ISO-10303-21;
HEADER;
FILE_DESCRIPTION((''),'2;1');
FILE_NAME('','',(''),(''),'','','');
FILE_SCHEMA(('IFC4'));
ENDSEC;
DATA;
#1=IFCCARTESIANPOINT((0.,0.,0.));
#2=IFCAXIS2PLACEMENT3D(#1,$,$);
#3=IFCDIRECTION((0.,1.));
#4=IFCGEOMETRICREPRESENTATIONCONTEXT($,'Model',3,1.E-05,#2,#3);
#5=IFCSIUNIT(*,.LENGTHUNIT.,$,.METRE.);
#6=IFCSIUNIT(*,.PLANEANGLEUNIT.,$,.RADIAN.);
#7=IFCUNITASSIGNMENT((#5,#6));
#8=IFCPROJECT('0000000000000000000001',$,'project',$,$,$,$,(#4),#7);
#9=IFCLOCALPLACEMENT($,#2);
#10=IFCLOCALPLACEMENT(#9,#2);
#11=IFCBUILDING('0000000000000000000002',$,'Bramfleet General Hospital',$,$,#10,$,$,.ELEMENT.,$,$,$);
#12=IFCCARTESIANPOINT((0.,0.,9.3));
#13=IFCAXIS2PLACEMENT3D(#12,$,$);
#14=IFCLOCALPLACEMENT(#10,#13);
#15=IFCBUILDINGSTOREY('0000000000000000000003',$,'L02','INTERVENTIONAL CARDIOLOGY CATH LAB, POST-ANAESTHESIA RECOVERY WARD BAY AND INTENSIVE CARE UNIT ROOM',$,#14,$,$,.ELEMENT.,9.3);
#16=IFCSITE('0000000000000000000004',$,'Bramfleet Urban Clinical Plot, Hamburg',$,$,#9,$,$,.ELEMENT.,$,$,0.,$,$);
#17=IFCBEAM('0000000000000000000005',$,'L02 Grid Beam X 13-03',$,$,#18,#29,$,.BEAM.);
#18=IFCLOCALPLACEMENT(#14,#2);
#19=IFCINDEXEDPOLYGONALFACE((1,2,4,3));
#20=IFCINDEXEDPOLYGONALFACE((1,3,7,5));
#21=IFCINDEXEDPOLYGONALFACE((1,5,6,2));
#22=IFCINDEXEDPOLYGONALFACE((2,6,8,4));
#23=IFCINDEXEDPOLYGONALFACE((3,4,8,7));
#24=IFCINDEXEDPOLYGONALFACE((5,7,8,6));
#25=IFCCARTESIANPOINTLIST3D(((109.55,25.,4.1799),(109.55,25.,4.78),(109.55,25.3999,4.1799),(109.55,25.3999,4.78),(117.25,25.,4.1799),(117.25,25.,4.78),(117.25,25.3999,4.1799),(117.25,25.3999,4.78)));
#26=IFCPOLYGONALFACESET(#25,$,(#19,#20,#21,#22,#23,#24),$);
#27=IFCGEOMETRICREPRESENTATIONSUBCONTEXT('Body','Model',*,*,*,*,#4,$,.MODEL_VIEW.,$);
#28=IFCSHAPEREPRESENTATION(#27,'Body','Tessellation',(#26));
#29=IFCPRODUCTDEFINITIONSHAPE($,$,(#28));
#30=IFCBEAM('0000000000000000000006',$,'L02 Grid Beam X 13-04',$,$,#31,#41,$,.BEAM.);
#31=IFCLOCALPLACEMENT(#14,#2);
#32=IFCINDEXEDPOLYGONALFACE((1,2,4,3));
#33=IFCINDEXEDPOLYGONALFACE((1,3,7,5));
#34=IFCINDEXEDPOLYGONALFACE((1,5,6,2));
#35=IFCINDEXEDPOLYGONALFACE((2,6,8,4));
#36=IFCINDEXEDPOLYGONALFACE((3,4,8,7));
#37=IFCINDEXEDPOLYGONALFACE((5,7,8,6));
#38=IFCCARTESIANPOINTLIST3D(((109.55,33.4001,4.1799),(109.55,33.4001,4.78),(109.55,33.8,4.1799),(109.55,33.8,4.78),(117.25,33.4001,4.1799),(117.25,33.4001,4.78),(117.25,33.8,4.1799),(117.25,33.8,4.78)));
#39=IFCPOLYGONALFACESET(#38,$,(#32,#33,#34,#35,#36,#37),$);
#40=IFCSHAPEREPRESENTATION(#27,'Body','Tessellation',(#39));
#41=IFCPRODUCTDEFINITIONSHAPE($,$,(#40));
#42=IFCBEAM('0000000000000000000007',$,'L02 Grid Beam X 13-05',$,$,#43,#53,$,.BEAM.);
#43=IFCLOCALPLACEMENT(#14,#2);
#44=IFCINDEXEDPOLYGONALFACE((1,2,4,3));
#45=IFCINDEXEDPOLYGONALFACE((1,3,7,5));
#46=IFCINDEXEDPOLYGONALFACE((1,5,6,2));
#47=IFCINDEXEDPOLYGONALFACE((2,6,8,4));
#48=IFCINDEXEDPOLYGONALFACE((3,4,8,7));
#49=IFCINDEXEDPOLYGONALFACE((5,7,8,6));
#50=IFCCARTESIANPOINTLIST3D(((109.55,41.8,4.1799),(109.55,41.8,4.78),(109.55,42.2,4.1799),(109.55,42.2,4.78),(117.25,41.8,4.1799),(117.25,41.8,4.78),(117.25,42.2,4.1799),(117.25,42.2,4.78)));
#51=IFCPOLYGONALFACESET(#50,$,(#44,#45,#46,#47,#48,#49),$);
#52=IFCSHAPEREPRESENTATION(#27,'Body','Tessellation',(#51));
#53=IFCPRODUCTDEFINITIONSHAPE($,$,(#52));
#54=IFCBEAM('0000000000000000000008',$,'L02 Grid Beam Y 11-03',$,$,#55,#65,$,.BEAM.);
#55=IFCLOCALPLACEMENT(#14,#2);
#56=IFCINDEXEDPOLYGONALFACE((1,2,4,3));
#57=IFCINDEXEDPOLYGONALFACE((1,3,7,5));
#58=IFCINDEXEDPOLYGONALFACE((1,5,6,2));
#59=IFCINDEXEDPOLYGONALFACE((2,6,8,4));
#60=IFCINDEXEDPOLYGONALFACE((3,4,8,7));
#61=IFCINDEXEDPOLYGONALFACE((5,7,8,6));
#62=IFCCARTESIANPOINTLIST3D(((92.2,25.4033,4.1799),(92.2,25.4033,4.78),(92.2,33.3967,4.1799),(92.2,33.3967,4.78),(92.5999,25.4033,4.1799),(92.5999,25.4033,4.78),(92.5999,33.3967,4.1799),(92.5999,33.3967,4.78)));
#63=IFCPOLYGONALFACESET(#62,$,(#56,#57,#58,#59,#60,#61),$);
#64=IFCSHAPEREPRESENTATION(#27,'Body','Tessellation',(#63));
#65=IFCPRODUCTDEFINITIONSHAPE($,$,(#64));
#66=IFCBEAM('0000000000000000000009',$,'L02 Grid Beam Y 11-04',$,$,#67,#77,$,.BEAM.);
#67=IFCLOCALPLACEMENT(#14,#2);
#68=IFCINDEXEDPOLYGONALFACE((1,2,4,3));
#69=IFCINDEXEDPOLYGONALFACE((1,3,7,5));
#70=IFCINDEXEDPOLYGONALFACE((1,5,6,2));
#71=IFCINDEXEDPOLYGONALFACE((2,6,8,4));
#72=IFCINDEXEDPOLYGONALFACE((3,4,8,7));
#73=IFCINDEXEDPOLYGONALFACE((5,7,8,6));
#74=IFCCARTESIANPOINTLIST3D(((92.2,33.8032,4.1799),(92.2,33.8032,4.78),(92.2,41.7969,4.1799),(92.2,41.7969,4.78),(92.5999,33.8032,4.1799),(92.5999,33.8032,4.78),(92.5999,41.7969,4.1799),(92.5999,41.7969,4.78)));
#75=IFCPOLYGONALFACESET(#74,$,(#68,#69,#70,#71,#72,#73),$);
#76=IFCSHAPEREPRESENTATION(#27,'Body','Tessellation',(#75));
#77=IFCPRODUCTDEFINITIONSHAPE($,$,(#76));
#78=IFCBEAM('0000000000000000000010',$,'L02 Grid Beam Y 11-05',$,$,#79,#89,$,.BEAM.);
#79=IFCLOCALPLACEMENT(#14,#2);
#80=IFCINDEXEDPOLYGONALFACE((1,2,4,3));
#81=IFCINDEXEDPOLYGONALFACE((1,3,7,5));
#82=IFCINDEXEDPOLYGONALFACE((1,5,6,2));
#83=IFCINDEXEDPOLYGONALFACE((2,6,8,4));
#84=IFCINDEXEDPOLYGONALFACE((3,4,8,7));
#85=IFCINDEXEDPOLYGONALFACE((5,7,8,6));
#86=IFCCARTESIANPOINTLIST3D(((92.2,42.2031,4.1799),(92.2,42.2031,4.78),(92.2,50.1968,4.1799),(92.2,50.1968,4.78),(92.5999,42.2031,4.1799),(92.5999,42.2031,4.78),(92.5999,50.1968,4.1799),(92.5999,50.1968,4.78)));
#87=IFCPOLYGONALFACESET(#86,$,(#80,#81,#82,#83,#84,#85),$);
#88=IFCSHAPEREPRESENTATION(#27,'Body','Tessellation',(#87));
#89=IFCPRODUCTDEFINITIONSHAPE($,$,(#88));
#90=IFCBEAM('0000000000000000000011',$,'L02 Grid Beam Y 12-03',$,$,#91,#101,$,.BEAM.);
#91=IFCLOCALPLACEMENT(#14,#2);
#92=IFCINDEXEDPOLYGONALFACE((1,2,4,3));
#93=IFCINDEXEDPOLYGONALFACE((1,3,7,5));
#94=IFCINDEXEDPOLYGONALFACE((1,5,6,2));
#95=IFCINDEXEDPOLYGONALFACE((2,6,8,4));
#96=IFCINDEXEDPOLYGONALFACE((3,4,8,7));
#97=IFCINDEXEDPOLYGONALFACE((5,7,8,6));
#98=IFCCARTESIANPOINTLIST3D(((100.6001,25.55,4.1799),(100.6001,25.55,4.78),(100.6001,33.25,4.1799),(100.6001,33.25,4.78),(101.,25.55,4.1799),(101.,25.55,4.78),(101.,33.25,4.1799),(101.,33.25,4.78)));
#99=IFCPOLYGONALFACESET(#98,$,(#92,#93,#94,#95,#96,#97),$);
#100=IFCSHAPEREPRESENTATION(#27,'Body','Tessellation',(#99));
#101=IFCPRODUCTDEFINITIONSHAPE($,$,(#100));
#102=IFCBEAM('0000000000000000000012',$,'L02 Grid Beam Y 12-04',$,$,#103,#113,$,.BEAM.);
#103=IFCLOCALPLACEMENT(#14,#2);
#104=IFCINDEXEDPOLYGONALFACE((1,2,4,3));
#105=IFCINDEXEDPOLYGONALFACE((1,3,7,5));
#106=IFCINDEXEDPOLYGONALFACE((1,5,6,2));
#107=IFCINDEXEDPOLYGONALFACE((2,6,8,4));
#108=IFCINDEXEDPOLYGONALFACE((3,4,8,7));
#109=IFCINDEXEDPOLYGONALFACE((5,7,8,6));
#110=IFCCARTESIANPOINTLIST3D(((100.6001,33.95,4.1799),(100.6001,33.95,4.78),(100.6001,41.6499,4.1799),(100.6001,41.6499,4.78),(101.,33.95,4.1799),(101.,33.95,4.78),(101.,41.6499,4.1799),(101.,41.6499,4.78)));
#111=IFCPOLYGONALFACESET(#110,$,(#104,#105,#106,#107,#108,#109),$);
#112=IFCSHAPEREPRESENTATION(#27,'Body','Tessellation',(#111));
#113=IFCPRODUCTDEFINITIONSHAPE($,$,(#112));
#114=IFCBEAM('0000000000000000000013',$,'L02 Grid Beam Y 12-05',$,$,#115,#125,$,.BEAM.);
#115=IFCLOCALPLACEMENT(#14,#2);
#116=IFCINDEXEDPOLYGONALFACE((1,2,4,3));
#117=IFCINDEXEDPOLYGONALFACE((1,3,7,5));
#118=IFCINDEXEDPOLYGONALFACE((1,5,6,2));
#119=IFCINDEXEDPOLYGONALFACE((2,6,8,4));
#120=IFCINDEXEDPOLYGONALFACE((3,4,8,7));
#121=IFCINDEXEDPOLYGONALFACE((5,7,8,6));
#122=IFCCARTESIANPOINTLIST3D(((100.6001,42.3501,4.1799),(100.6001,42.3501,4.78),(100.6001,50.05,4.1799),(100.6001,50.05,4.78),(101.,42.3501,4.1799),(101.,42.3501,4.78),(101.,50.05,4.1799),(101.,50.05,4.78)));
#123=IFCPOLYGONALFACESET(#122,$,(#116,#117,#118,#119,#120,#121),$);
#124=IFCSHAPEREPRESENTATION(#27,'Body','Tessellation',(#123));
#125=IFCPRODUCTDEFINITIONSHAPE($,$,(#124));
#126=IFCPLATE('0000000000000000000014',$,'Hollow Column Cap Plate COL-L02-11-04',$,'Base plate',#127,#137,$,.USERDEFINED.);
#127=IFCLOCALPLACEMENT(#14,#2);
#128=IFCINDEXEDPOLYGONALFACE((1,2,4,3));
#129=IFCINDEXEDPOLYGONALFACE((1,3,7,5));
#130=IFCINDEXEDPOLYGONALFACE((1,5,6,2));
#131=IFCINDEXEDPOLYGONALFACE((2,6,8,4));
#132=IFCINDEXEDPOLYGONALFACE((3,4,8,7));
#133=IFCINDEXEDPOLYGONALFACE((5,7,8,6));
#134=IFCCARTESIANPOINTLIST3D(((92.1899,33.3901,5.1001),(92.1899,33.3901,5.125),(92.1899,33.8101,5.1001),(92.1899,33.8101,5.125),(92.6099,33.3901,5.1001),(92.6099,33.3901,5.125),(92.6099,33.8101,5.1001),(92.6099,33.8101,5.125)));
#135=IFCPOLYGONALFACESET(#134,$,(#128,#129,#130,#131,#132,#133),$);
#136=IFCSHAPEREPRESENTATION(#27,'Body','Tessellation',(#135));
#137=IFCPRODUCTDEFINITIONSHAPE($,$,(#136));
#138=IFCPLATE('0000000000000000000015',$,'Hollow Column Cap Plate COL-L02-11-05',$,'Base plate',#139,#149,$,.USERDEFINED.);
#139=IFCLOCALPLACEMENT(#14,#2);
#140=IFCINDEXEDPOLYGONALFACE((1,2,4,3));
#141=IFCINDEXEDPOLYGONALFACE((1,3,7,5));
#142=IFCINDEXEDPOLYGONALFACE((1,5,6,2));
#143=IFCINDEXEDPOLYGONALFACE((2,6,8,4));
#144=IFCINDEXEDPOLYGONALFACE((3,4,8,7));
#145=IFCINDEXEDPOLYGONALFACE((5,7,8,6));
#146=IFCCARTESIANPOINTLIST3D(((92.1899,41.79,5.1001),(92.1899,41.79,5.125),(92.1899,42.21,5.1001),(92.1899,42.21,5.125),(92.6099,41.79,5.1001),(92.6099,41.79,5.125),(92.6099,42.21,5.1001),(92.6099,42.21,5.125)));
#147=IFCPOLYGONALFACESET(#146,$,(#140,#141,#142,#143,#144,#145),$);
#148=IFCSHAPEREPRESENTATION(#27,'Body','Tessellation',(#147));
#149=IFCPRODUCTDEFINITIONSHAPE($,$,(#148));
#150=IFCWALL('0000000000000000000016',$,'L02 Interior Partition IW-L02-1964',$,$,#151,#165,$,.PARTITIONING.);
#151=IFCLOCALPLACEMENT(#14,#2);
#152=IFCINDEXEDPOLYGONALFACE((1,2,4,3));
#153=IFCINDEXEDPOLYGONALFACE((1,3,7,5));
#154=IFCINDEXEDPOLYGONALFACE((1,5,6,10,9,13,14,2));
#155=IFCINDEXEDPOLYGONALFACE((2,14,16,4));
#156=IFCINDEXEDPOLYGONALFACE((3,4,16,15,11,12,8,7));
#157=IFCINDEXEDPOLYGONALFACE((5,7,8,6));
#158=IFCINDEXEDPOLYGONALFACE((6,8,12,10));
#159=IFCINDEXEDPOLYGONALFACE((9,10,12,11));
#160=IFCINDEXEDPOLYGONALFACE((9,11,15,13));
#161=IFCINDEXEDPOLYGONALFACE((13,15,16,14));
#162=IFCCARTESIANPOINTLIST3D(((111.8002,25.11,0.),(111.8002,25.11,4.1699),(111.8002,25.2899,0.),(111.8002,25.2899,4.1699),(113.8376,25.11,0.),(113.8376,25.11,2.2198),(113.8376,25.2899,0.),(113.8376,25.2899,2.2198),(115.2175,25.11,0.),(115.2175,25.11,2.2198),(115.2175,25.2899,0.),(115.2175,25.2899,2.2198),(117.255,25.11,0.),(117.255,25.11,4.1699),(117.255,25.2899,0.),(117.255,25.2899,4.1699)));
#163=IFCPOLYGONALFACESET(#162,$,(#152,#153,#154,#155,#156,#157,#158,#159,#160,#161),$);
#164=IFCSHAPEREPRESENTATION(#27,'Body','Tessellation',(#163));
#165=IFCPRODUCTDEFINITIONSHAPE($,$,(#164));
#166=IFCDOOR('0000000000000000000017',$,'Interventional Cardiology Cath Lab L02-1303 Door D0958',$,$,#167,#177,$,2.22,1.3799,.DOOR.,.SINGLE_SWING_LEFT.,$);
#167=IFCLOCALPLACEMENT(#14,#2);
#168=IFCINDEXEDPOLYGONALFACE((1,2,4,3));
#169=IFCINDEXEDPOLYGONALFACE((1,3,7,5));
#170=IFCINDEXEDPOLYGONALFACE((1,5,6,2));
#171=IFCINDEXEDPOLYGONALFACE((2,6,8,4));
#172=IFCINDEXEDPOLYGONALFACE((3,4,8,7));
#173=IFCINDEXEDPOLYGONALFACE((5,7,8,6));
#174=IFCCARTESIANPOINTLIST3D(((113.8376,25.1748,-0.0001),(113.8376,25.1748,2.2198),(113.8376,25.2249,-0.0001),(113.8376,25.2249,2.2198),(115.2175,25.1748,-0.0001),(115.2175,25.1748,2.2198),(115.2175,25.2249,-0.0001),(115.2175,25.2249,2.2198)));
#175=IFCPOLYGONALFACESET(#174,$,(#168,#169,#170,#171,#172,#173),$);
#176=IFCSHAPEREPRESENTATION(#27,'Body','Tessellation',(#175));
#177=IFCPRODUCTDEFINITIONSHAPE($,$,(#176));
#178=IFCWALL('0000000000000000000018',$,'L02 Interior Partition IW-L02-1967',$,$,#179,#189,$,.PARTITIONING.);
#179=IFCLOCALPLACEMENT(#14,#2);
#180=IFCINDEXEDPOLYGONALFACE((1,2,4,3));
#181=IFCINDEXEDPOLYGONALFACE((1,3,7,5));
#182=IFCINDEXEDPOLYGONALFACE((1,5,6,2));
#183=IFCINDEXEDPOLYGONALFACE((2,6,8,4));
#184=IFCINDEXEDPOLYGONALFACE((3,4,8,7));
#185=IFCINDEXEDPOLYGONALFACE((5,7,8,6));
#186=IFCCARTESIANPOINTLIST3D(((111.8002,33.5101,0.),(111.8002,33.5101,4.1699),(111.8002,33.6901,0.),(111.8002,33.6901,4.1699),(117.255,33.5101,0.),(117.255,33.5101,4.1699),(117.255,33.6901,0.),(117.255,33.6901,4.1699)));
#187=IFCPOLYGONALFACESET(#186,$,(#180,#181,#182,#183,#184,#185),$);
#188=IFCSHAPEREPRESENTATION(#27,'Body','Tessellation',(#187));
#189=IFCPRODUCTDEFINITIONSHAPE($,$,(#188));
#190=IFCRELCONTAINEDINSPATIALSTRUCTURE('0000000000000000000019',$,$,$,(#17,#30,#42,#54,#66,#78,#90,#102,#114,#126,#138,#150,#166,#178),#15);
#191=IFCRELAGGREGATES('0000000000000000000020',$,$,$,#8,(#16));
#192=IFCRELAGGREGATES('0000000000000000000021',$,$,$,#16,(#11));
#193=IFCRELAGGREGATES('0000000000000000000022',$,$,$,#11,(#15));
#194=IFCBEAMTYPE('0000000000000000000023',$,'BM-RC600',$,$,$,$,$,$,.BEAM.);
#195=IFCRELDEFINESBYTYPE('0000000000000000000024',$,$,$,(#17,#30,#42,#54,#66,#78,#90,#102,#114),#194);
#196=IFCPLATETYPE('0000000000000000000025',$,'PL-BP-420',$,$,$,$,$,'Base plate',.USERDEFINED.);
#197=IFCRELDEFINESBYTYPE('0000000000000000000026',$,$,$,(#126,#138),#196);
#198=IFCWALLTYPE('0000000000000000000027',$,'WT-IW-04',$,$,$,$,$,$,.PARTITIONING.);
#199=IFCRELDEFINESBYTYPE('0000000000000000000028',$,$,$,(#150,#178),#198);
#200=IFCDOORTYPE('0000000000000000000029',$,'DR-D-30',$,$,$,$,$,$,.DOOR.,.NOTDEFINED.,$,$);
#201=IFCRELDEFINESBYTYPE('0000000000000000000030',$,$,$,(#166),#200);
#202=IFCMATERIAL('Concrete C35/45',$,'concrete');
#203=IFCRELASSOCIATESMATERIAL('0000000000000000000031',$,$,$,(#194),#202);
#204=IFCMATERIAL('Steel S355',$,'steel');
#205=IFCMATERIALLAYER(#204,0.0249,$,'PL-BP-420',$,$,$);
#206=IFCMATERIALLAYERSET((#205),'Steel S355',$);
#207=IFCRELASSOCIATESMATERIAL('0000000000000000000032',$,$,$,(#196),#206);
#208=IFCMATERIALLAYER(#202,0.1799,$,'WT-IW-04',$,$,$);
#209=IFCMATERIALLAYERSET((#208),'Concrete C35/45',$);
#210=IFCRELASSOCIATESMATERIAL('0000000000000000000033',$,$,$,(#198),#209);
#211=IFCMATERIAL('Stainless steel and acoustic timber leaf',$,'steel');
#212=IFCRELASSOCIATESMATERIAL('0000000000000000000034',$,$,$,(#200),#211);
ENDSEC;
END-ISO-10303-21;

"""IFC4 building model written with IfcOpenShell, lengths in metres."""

from ifc_helpers import new_model, si_unit, direction, frame, frame_2d, origin, origin_2d, place, context, subcontext, project, spatial, rectangle, extrude, material, layer, layer_set, material_profile, profile_set, type_object, element, fill, save


model = new_model("IFC4")

# Units and contexts
model_context = context("Model", 3, precision=1e-05, world=origin(), true_north=direction((0.0, 1.0)))
body_context = subcontext(model_context, "Body", "Model", "MODEL_VIEW")
ifc_project = project(units=[si_unit("LENGTHUNIT", "METRE"), si_unit("PLANEANGLEUNIT", "RADIAN")], contexts=[model_context])

# Site, building, storey
site_placement = place(None, origin())
site = spatial("IfcSite", under=ifc_project, at=site_placement, Name="Bramfleet Urban Clinical Plot, Hamburg", CompositionType="ELEMENT", RefElevation=0.0)
building_placement = place(site_placement, origin())
building = spatial("IfcBuilding", under=site, at=building_placement, Name="Bramfleet General Hospital", CompositionType="ELEMENT")
storey_placement = place(building_placement, frame((0.0, 0.0, 9.3)))
storey = spatial("IfcBuildingStorey", under=building, at=storey_placement, Name="L02", Description="INTERVENTIONAL CARDIOLOGY CATH LAB, POST-ANAESTHESIA RECOVERY WARD BAY AND INTENSIVE CARE UNIT ROOM", CompositionType="ELEMENT", Elevation=9.3)

# Shared definitions
ifc_material_1 = material(Name="Steel S355", Category="steel")

# Beams
ifc_material_2 = material(Name="Concrete C35/45", Category="concrete")
ifc_material_profile_1 = material_profile(ifc_material_2, rectangle(XDim=0.3999, YDim=0.6001, at=origin_2d()), Name="RC BM 600x400")
ifc_profile_set_1 = profile_set([ifc_material_profile_1], Name="Concrete C35/45")
beam_type_1 = type_object("IfcBeamType", Name="BM-RC600", PredefinedType="BEAM", material=ifc_profile_set_1)
for number, where, z_axis, x_axis, name in (
    (1, (109.55, 25.2, 4.48), (1.0, 0.0, 0.0), (0.0, 1.0, 0.0), "L02 Grid Beam X 13-03"),
    (2, (109.55, 33.6001, 4.48), (1.0, 0.0, 0.0), (0.0, 1.0, 0.0), "L02 Grid Beam X 13-04"),
    (3, (109.55, 42.0, 4.48), (1.0, 0.0, 0.0), (0.0, 1.0, 0.0), "L02 Grid Beam X 13-05"),
):
    element("IfcBeam", number, at=place(storey_placement, frame(where, z_axis=z_axis, x_axis=x_axis)), inside=storey, type_object=beam_type_1, Name=name, PredefinedType="BEAM", context=body_context, shape_type="SweptSolid", body=[
        extrude(rectangle(XDim=0.3999, YDim=0.6001, at=origin_2d()), origin(), (0.0, 0.0, 1.0), 7.7),
    ])
beam_placement = place(storey_placement, frame((92.3999, 25.4033, 4.48), z_axis=(0.0, 1.0, 0.0), x_axis=(-1.0, 0.0, 0.0)))
element("IfcBeam", 4, at=beam_placement, inside=storey, type_object=beam_type_1, Name="L02 Grid Beam Y 11-03", PredefinedType="BEAM", context=body_context, shape_type="SweptSolid", body=[
    extrude(rectangle(XDim=0.3999, YDim=0.6001, at=origin_2d()), origin(), (0.0, 0.0, 1.0), 7.9934),
])
for number, where, z_axis, x_axis, name in (
    (5, (92.3999, 33.8032, 4.48), (0.0, 1.0, 0.0), (-1.0, 0.0, 0.0), "L02 Grid Beam Y 11-04"),
    (6, (92.3999, 42.2031, 4.48), (0.0, 1.0, 0.0), (-1.0, 0.0, 0.0), "L02 Grid Beam Y 11-05"),
):
    element("IfcBeam", number, at=place(storey_placement, frame(where, z_axis=z_axis, x_axis=x_axis)), inside=storey, type_object=beam_type_1, Name=name, PredefinedType="BEAM", context=body_context, shape_type="SweptSolid", body=[
        extrude(rectangle(XDim=0.3999, YDim=0.6001, at=origin_2d()), origin(), (0.0, 0.0, 1.0), 7.9937),
    ])
for number, where, z_axis, x_axis, name in (
    (7, (100.8, 25.55, 4.48), (0.0, 1.0, 0.0), (-1.0, 0.0, 0.0), "L02 Grid Beam Y 12-03"),
    (8, (100.8, 33.95, 4.48), (0.0, 1.0, 0.0), (-1.0, 0.0, 0.0), "L02 Grid Beam Y 12-04"),
    (9, (100.8, 42.3501, 4.48), (0.0, 1.0, 0.0), (-1.0, 0.0, 0.0), "L02 Grid Beam Y 12-05"),
):
    element("IfcBeam", number, at=place(storey_placement, frame(where, z_axis=z_axis, x_axis=x_axis)), inside=storey, type_object=beam_type_1, Name=name, PredefinedType="BEAM", context=body_context, shape_type="SweptSolid", body=[
        extrude(rectangle(XDim=0.3999, YDim=0.6001, at=origin_2d()), origin(), (0.0, 0.0, 1.0), 7.7),
    ])

# Plates
ifc_layer_1 = layer(ifc_material_1, 0.0249, Name="PL-BP-420")
ifc_layer_set_1 = layer_set([ifc_layer_1], Name="Steel S355")
plate_type = type_object("IfcPlateType", Name="PL-BP-420", ElementType="Base plate", PredefinedType="USERDEFINED", material=ifc_layer_set_1)
for number, where, z_axis, x_axis, name in (
    (10, (92.3999, 33.6001, 5.1001), (0.0, 0.0, 1.0), (1.0, 0.0, 0.0), "Hollow Column Cap Plate COL-L02-11-04"),
    (11, (92.3999, 42.0, 5.1001), (0.0, 0.0, 1.0), (1.0, 0.0, 0.0), "Hollow Column Cap Plate COL-L02-11-05"),
):
    element("IfcPlate", number, at=place(storey_placement, frame(where, z_axis=z_axis, x_axis=x_axis)), inside=storey, type_object=plate_type, Name=name, ObjectType="Base plate", PredefinedType="USERDEFINED", context=body_context, shape_type="SweptSolid", body=[
        extrude(rectangle(XDim=0.4199, YDim=0.4199, at=origin_2d()), origin(), (0.0, 0.0, 1.0), 0.0249),
    ])

# Wall, opening, door
ifc_layer_2 = layer(ifc_material_2, 0.1799, Name="WT-IW-04")
ifc_layer_set_2 = layer_set([ifc_layer_2], Name="Concrete C35/45")
wall_type = type_object("IfcWallType", Name="WT-IW-04", PredefinedType="PARTITIONING", material=ifc_layer_set_2)
wall_1_placement = place(storey_placement, frame((111.8, 25.2, 0.0), z_axis=(0.0, 0.0, 1.0), x_axis=(1.0, 0.0, 0.0)))
wall_1 = element("IfcWall", 12, at=wall_1_placement, inside=storey, type_object=wall_type, Name="L02 Interior Partition IW-L02-1964", PredefinedType="PARTITIONING", context=body_context, shape_type="SweptSolid", body=[
    extrude(rectangle(XDim=5.4548, YDim=0.1799, at=frame_2d((2.7275, 0.0))), origin(), (0.0, 0.0, 1.0), 4.1699),
])
opening_1_placement = place(wall_1_placement, frame((2.0376, 0.0, 0.0)))
opening_1 = element("IfcOpeningElement", 13, at=opening_1_placement, cuts=wall_1, PredefinedType="OPENING", context=body_context, shape_type="SweptSolid", body=[
    extrude(rectangle(XDim=1.3799, YDim=2.22, at=frame_2d((0.6899, 1.1099))), frame((0.0, 0.0999, 0.0), z_axis=(0.0, -1.0, 0.0), x_axis=(1.0, 0.0, 0.0)), (0.0, 0.0, 1.0), 0.2),
])
ifc_material_3 = material(Name="Stainless steel and acoustic timber leaf", Category="steel")
door_type_1 = type_object("IfcDoorType", Name="DR-D-30", OperationType="NOTDEFINED", PredefinedType="DOOR", material=ifc_material_3)
door_1_placement = place(opening_1_placement, origin())
door_1 = element("IfcDoor", 14, at=door_1_placement, inside=storey, type_object=door_type_1, Name="Interventional Cardiology Cath Lab L02-1303 Door D0958", OperationType="SINGLE_SWING_LEFT", OverallHeight=2.22, OverallWidth=1.3799, PredefinedType="DOOR", context=body_context, shape_type="SweptSolid", body=[
    extrude(rectangle(XDim=1.3799, YDim=2.22, at=frame_2d((0.6899, 1.1099))), frame((0.0, 0.0249, 0.0), z_axis=(0.0, -1.0, 0.0), x_axis=(1.0, 0.0, 0.0)), (0.0, 0.0, 1.0), 0.05),
])
fill(opening_1, door_1)

# Wall
wall_2_placement = place(storey_placement, frame((111.8, 33.6001, 0.0), z_axis=(0.0, 0.0, 1.0), x_axis=(1.0, 0.0, 0.0)))
element("IfcWall", 15, at=wall_2_placement, inside=storey, type_object=wall_type, Name="L02 Interior Partition IW-L02-1967", PredefinedType="PARTITIONING", context=body_context, shape_type="SweptSolid", body=[
    extrude(rectangle(XDim=5.4548, YDim=0.1799, at=frame_2d((2.7275, 0.0))), origin(), (0.0, 0.0, 1.0), 4.1699),
])

save(model, "model.ifc")
